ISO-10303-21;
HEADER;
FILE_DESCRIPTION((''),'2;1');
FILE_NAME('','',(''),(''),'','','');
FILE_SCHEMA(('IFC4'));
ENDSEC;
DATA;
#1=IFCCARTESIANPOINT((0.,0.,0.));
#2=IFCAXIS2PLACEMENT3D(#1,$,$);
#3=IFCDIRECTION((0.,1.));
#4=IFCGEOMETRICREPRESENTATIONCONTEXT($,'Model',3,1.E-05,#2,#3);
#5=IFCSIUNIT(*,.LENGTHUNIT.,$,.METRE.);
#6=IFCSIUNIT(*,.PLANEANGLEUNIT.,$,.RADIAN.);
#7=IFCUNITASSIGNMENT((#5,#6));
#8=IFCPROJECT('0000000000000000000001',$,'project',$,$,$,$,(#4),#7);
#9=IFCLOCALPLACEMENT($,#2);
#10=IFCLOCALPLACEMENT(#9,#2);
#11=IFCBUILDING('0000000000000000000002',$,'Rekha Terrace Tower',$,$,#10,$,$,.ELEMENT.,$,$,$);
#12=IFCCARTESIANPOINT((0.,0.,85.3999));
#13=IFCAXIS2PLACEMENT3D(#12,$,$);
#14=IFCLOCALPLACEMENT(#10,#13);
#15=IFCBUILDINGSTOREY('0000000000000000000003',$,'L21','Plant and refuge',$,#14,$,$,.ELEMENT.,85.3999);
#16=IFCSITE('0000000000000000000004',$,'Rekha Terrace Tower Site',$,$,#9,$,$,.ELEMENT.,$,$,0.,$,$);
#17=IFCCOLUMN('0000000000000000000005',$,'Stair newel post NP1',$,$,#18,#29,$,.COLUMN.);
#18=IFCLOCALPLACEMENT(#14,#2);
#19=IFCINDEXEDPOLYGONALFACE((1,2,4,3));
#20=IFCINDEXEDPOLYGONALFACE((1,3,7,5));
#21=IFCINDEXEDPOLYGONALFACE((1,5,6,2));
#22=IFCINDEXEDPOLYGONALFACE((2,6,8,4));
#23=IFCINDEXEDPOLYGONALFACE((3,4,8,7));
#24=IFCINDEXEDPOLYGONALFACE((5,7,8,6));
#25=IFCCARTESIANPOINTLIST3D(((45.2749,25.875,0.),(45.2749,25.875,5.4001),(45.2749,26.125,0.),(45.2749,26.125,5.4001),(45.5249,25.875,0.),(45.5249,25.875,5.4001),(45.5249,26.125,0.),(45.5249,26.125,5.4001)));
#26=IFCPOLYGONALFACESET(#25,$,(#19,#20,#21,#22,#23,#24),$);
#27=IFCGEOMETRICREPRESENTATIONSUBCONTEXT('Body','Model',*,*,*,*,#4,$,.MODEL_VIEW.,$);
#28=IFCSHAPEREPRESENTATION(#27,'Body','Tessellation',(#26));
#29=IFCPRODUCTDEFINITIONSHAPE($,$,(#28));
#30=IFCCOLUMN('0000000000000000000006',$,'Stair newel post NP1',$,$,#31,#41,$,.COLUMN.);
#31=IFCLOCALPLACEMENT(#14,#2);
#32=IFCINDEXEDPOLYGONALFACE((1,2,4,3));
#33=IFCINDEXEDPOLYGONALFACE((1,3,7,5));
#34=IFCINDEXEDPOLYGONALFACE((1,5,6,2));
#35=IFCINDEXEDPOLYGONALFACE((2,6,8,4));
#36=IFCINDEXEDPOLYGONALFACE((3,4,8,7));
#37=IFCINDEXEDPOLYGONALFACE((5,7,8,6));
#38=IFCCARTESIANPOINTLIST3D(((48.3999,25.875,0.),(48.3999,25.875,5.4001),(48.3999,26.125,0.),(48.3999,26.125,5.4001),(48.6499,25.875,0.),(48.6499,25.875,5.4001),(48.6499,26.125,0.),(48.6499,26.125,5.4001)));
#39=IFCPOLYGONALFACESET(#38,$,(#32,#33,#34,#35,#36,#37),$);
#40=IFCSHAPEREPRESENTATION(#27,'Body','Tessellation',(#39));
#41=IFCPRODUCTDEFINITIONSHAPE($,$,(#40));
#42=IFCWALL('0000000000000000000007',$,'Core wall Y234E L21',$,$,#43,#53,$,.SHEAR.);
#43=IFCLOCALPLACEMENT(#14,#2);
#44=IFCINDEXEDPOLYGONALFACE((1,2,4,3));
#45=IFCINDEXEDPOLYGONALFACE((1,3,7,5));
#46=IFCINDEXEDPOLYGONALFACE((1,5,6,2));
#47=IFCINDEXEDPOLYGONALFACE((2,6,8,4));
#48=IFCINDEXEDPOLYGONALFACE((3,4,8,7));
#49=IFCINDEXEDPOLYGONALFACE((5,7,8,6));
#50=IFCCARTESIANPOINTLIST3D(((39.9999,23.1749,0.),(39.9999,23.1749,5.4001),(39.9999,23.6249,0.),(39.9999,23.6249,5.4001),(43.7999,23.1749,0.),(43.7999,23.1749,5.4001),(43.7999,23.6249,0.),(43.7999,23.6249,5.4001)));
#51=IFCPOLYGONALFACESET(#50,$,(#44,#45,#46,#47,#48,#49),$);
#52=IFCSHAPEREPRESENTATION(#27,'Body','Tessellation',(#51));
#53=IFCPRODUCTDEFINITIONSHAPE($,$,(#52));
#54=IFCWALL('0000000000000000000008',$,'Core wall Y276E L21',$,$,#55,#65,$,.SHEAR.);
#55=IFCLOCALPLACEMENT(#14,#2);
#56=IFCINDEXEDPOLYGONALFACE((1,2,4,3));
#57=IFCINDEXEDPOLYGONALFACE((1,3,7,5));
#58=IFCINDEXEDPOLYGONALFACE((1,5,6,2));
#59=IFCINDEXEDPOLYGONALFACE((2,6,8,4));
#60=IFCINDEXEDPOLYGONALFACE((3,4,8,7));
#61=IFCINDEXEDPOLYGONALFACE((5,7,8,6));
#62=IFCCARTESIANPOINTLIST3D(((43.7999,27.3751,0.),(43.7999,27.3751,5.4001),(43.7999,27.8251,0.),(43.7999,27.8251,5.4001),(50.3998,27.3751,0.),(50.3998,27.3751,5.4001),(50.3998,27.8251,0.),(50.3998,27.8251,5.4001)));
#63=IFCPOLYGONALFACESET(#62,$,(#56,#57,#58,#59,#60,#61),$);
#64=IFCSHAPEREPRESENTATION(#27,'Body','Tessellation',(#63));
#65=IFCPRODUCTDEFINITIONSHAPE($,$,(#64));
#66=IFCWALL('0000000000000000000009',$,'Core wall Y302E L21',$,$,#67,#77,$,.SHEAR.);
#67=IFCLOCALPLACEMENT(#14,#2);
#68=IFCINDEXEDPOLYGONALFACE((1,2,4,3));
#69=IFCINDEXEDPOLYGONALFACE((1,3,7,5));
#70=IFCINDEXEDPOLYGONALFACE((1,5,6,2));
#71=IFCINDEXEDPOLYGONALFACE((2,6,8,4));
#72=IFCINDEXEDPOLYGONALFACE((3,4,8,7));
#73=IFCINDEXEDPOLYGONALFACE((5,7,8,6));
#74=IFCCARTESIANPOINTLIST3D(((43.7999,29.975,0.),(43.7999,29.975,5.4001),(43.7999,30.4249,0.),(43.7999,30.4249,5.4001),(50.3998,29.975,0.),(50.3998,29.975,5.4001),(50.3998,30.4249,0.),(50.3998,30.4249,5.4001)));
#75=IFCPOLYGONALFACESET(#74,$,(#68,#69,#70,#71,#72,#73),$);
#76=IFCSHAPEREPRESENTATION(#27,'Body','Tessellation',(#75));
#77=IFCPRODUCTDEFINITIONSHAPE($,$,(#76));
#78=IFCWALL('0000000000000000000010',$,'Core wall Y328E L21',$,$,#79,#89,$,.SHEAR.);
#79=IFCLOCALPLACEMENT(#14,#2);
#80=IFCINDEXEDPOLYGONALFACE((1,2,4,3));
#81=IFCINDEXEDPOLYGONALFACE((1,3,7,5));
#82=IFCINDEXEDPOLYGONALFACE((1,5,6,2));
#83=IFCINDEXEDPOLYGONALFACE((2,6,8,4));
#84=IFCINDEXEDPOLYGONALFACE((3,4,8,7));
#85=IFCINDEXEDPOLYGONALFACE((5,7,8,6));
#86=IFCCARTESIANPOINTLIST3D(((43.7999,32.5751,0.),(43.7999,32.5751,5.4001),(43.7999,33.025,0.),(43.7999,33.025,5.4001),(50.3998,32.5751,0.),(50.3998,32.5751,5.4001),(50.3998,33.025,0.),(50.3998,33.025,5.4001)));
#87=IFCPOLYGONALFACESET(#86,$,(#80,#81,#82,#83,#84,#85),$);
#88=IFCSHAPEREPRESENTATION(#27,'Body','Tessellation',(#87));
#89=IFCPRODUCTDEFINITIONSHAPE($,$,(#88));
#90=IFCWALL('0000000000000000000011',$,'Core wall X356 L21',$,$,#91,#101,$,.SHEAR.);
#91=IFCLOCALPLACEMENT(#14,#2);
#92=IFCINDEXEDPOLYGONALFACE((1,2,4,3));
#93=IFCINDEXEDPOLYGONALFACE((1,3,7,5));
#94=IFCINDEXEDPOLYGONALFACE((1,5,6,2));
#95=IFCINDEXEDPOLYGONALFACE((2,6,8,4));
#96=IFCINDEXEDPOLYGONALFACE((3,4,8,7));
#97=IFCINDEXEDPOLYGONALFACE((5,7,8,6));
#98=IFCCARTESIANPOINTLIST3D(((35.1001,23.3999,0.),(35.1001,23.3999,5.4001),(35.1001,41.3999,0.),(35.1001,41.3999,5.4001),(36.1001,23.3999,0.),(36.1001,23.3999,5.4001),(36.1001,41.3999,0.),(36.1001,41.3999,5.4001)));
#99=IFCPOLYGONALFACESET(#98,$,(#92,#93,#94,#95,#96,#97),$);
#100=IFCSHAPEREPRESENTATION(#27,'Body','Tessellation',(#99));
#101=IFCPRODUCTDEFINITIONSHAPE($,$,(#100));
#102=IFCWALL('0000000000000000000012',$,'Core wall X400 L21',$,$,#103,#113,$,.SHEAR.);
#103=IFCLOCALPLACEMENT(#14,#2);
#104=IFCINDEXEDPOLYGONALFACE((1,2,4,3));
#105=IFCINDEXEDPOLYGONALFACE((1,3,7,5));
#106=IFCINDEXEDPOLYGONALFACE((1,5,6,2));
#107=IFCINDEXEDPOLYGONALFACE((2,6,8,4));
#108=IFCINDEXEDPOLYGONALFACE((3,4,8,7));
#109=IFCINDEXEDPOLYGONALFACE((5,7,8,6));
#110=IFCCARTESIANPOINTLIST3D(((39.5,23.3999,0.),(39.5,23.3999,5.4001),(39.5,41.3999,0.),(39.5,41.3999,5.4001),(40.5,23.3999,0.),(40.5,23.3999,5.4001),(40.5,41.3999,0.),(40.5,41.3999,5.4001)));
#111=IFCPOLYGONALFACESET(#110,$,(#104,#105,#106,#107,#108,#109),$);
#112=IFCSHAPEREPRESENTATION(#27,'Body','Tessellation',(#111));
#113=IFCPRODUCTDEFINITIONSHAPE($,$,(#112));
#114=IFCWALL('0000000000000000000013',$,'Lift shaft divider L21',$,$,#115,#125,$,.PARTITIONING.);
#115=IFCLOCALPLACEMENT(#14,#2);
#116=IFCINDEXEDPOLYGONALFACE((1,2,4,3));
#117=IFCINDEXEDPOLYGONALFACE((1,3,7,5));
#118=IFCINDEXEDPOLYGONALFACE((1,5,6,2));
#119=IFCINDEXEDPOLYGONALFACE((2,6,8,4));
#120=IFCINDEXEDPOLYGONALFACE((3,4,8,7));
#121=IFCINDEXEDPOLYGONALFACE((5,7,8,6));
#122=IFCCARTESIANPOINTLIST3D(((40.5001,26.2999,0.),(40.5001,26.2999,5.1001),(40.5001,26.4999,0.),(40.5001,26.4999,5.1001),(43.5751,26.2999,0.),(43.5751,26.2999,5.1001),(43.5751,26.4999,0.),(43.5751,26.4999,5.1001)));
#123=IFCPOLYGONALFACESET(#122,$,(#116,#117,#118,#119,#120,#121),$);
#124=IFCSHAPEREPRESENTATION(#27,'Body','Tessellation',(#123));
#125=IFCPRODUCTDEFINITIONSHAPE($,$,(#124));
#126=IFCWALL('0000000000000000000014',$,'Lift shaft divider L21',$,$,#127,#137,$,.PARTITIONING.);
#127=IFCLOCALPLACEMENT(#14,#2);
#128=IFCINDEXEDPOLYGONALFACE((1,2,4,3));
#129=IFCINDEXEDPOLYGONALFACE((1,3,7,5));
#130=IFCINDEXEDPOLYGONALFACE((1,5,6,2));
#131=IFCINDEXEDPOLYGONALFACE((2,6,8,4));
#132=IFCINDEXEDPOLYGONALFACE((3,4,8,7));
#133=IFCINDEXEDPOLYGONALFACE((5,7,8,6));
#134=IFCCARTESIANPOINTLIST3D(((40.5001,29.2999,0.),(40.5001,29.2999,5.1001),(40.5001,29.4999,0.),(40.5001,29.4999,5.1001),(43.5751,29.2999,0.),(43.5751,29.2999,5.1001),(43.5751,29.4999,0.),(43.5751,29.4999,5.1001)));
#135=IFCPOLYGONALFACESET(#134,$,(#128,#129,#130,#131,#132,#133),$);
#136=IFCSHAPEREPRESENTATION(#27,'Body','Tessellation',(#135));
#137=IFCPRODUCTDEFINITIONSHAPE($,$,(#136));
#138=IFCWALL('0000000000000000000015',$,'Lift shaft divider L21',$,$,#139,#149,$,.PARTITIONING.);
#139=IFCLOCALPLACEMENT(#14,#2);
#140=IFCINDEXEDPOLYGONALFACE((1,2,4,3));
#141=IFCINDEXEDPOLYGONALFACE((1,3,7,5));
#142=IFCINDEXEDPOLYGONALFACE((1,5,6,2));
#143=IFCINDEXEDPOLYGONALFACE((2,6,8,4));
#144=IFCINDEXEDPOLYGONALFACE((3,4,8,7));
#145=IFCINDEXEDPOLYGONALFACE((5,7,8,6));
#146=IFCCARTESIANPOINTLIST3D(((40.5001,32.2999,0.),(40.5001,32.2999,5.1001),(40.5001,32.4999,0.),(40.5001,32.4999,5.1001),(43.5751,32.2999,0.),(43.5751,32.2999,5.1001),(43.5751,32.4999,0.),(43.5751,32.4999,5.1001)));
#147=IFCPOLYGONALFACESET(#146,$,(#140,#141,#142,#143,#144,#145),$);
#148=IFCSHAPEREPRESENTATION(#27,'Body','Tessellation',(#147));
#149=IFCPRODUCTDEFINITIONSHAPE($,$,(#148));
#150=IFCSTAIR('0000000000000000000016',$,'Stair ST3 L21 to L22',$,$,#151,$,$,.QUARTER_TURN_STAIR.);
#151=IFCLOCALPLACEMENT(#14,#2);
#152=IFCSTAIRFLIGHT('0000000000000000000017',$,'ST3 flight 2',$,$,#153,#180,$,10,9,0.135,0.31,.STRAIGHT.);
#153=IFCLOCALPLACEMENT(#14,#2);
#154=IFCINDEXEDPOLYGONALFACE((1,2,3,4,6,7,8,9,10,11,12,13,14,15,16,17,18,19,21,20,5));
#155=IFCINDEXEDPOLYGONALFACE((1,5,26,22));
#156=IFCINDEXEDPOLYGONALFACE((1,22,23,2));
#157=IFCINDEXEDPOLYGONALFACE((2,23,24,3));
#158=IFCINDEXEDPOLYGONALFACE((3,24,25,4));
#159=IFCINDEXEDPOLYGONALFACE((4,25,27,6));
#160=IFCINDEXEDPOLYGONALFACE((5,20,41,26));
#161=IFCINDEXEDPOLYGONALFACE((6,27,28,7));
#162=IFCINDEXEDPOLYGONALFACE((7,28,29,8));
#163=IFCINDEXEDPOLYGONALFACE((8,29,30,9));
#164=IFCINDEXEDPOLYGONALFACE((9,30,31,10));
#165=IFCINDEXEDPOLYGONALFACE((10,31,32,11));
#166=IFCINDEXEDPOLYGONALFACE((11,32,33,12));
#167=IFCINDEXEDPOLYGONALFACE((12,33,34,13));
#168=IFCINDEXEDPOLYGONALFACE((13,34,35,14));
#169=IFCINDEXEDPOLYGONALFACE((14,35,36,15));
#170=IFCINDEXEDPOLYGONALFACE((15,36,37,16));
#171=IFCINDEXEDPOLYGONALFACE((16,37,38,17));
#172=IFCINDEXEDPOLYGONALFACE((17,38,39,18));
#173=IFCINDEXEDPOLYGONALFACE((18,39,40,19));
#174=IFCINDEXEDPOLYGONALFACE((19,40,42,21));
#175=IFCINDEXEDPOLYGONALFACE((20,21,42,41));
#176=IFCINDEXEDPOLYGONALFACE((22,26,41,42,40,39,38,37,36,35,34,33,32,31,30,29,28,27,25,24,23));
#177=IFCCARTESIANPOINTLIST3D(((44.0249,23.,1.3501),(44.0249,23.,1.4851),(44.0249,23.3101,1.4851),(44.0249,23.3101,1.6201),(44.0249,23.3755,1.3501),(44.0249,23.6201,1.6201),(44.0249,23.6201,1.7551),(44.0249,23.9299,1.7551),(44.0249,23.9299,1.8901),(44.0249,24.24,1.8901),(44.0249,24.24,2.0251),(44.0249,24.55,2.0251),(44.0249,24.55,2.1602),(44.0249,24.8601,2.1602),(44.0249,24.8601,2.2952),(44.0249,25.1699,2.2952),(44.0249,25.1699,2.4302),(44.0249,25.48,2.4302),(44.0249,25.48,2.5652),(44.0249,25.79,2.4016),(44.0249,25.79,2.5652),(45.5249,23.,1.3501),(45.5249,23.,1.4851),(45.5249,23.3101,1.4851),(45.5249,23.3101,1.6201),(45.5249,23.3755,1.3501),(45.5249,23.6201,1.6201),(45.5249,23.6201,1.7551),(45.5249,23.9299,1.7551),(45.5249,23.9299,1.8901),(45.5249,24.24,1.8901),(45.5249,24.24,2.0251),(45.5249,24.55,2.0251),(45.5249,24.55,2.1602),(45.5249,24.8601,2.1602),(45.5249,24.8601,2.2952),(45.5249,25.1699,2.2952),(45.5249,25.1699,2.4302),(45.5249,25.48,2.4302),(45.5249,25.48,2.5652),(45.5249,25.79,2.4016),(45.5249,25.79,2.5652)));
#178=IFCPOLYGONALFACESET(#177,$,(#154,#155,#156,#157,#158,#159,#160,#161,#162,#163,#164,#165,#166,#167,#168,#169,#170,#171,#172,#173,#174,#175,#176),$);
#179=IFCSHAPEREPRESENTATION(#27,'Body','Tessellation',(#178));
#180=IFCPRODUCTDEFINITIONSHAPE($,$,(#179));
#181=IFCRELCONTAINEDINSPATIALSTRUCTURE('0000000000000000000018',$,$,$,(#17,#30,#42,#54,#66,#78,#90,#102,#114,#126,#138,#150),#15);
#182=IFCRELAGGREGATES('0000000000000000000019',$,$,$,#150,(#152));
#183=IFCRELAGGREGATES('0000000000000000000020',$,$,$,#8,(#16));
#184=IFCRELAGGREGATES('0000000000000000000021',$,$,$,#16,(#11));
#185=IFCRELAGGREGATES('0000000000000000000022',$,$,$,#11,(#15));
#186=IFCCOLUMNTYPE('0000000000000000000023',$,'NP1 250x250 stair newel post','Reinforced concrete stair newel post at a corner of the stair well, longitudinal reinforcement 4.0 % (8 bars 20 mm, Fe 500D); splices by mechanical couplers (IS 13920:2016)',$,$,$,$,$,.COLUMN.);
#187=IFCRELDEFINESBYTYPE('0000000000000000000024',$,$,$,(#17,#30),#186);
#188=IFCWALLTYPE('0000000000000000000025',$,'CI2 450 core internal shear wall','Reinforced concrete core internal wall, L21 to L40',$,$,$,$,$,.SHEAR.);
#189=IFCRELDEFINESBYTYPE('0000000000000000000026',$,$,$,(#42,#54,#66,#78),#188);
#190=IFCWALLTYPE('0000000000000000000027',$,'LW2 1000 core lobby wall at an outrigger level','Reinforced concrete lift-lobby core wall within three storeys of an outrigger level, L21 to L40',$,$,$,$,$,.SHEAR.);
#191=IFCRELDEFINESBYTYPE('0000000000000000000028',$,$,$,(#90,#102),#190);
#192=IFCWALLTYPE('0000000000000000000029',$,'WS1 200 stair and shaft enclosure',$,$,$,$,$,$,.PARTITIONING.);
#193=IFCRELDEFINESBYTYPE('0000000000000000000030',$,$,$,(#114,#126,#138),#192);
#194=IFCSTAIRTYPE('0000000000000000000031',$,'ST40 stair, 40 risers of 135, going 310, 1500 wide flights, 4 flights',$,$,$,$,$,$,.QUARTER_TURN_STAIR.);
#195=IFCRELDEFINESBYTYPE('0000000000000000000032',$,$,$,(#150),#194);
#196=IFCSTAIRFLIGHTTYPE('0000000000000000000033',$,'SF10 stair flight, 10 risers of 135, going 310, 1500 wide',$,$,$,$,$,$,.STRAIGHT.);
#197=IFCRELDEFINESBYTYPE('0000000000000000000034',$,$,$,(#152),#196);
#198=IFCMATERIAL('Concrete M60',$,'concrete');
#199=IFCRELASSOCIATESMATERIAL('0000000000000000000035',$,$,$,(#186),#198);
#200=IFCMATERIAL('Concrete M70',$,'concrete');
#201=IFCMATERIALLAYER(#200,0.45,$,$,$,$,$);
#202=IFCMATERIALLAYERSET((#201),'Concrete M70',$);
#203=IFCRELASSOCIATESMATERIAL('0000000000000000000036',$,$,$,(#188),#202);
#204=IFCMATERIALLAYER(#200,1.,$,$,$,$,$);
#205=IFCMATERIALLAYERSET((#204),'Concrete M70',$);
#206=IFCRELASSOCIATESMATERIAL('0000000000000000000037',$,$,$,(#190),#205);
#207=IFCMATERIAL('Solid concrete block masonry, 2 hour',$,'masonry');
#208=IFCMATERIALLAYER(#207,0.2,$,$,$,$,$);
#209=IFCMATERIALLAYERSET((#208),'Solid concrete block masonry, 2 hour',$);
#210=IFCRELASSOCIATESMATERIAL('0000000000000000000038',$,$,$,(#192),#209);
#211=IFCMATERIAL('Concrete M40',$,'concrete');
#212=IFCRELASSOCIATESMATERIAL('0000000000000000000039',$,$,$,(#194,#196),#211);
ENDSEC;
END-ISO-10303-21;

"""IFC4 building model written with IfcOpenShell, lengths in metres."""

from ifc_helpers import new_model, si_unit, direction, frame, frame_2d, origin, origin_2d, place, context, subcontext, project, spatial, polyline, rectangle, outline, extrude, material, layer, layer_set, material_profile, profile_set, type_object, element, aggregate, save


model = new_model("IFC4")

# Units and contexts
model_context = context("Model", 3, precision=1e-05, world=origin(), true_north=direction((0.0, 1.0)))
body_context = subcontext(model_context, "Body", "Model", "MODEL_VIEW")
ifc_project = project(units=[si_unit("LENGTHUNIT", "METRE"), si_unit("PLANEANGLEUNIT", "RADIAN")], contexts=[model_context])

# Site, building, storey
site_placement = place(None, origin())
site = spatial("IfcSite", under=ifc_project, at=site_placement, Name="Rekha Terrace Tower Site", CompositionType="ELEMENT", RefElevation=0.0)
building_placement = place(site_placement, origin())
building = spatial("IfcBuilding", under=site, at=building_placement, Name="Rekha Terrace Tower", CompositionType="ELEMENT")
storey_placement = place(building_placement, frame((0.0, 0.0, 85.3999)))
storey = spatial("IfcBuildingStorey", under=building, at=storey_placement, Name="L21", Description="Plant and refuge", CompositionType="ELEMENT", Elevation=85.3999)

# Columns
ifc_material_1 = material(Name="Concrete M60", Category="concrete")
ifc_material_profile = material_profile(ifc_material_1, rectangle(XDim=0.25, YDim=0.25, at=origin_2d()), Name="RC 250x250")
ifc_profile_set = profile_set([ifc_material_profile], Name="Concrete M60")
column_type = type_object("IfcColumnType", Name="NP1 250x250 stair newel post", Description="Reinforced concrete stair newel post at a corner of the stair well, longitudinal reinforcement 4.0 % (8 bars 20 mm, Fe 500D); splices by mechanical couplers (IS 13920:2016)", PredefinedType="COLUMN", material=ifc_profile_set)
for number, where, z_axis, x_axis, name in (
    (1, (45.3999, 26.0, 0.0), (0.0, 0.0, 1.0), (1.0, 0.0, 0.0), "Stair newel post NP1"),
    (2, (48.5249, 26.0, 0.0), (0.0, 0.0, 1.0), (1.0, 0.0, 0.0), "Stair newel post NP1"),
):
    element("IfcColumn", number, at=place(storey_placement, frame(where, z_axis=z_axis, x_axis=x_axis)), inside=storey, type_object=column_type, Name=name, PredefinedType="COLUMN", context=body_context, shape_type="SweptSolid", body=[
        extrude(rectangle(XDim=0.25, YDim=0.25, at=origin_2d()), origin(), (0.0, 0.0, 1.0), 5.4001),
    ])

# Walls
ifc_material_2 = material(Name="Concrete M70", Category="concrete")
ifc_layer_1 = layer(ifc_material_2, 0.45)
ifc_layer_set_1 = layer_set([ifc_layer_1], Name="Concrete M70")
wall_type_1 = type_object("IfcWallType", Name="CI2 450 core internal shear wall", Description="Reinforced concrete core internal wall, L21 to L40", PredefinedType="SHEAR", material=ifc_layer_set_1)
wall_placement = place(storey_placement, frame((40.0, 23.3999, 0.0), z_axis=(0.0, 0.0, 1.0), x_axis=(1.0, 0.0, 0.0)))
element("IfcWall", 3, at=wall_placement, inside=storey, type_object=wall_type_1, Name="Core wall Y234E L21", PredefinedType="SHEAR", context=body_context, shape_type="SweptSolid", body=[
    extrude(rectangle(XDim=3.8, YDim=0.45, at=frame_2d((1.8999, 0.0))), origin(), (0.0, 0.0, 1.0), 5.4001),
])
for number, where, z_axis, x_axis, name in (
    (4, (43.8, 27.6001, 0.0), (0.0, 0.0, 1.0), (1.0, 0.0, 0.0), "Core wall Y276E L21"),
    (5, (43.8, 30.2, 0.0), (0.0, 0.0, 1.0), (1.0, 0.0, 0.0), "Core wall Y302E L21"),
    (6, (43.8, 32.8, 0.0), (0.0, 0.0, 1.0), (1.0, 0.0, 0.0), "Core wall Y328E L21"),
):
    element("IfcWall", number, at=place(storey_placement, frame(where, z_axis=z_axis, x_axis=x_axis)), inside=storey, type_object=wall_type_1, Name=name, PredefinedType="SHEAR", context=body_context, shape_type="SweptSolid", body=[
        extrude(rectangle(XDim=6.5999, YDim=0.45, at=frame_2d((3.2998, 0.0))), origin(), (0.0, 0.0, 1.0), 5.4001),
    ])
ifc_layer_2 = layer(ifc_material_2, 1.0)
ifc_layer_set_2 = layer_set([ifc_layer_2], Name="Concrete M70")
wall_type_2 = type_object("IfcWallType", Name="LW2 1000 core lobby wall at an outrigger level", Description="Reinforced concrete lift-lobby core wall within three storeys of an outrigger level, L21 to L40", PredefinedType="SHEAR", material=ifc_layer_set_2)
for number, where, z_axis, x_axis, name in (
    (7, (35.6001, 23.3999, 0.0), (0.0, 0.0, 1.0), (0.0, 1.0, 0.0), "Core wall X356 L21"),
    (8, (40.0, 23.3999, 0.0), (0.0, 0.0, 1.0), (0.0, 1.0, 0.0), "Core wall X400 L21"),
):
    element("IfcWall", number, at=place(storey_placement, frame(where, z_axis=z_axis, x_axis=x_axis)), inside=storey, type_object=wall_type_2, Name=name, PredefinedType="SHEAR", context=body_context, shape_type="SweptSolid", body=[
        extrude(rectangle(XDim=18.0, YDim=1.0, at=frame_2d((9.0, 0.0))), origin(), (0.0, 0.0, 1.0), 5.4001),
    ])
ifc_material_3 = material(Name="Solid concrete block masonry, 2 hour", Category="masonry")
ifc_layer_3 = layer(ifc_material_3, 0.2)
ifc_layer_set_3 = layer_set([ifc_layer_3], Name="Solid concrete block masonry, 2 hour")
wall_type_3 = type_object("IfcWallType", Name="WS1 200 stair and shaft enclosure", PredefinedType="PARTITIONING", material=ifc_layer_set_3)
for number, where, z_axis, x_axis, name in (
    (9, (40.5, 26.3999, 0.0), (0.0, 0.0, 1.0), (1.0, 0.0, 0.0), "Lift shaft divider L21"),
    (10, (40.5, 29.3999, 0.0), (0.0, 0.0, 1.0), (1.0, 0.0, 0.0), "Lift shaft divider L21"),
    (11, (40.5, 32.3999, 0.0), (0.0, 0.0, 1.0), (1.0, 0.0, 0.0), "Lift shaft divider L21"),
):
    element("IfcWall", number, at=place(storey_placement, frame(where, z_axis=z_axis, x_axis=x_axis)), inside=storey, type_object=wall_type_3, Name=name, PredefinedType="PARTITIONING", context=body_context, shape_type="SweptSolid", body=[
        extrude(rectangle(XDim=3.075, YDim=0.2, at=frame_2d((1.5376, 0.0))), origin(), (0.0, 0.0, 1.0), 5.1001),
    ])

# Stair, stair flight
ifc_material_4 = material(Name="Concrete M40", Category="concrete")
stair_type = type_object("IfcStairType", Name="ST40 stair, 40 risers of 135, going 310, 1500 wide flights, 4 flights", PredefinedType="QUARTER_TURN_STAIR", material=ifc_material_4)
stair_placement = place(storey_placement, origin())
stair = element("IfcStair", 12, at=stair_placement, inside=storey, type_object=stair_type, Name="Stair ST3 L21 to L22", PredefinedType="QUARTER_TURN_STAIR")
stair_flight_type = type_object("IfcStairFlightType", Name="SF10 stair flight, 10 risers of 135, going 310, 1500 wide", PredefinedType="STRAIGHT", material=ifc_material_4)
stair_flight_1_placement = place(storey_placement, frame((44.7749, 23.0, 1.3501), z_axis=(0.0, 0.0, 1.0), x_axis=(0.0, 1.0, 0.0)))
stair_flight_1 = element("IfcStairFlight", 13, at=stair_flight_1_placement, type_object=stair_flight_type, Name="ST3 flight 2", NumberOfRisers=10, NumberOfTreads=9, PredefinedType="STRAIGHT", RiserHeight=0.135, TreadLength=0.31, context=body_context, shape_type="SweptSolid", body=[
    extrude(outline(polyline([(0.0, 0.0), (0.0, 0.135), (0.3101, 0.135), (0.3101, 0.27), (0.6201, 0.27), (0.6201, 0.405), (0.9299, 0.405), (0.9299, 0.54), (1.24, 0.54), (1.24, 0.675), (1.55, 0.675), (1.55, 0.8101), (1.8601, 0.8101), (1.8601, 0.9451), (2.1699, 0.9451), (2.1699, 1.0801), (2.48, 1.0801), (2.48, 1.2151), (2.79, 1.2151), (2.79, 1.3501), (2.79, 1.0515), (0.3755, 0.0), (0.0, 0.0)])), frame((0.0, 0.75, 0.0), z_axis=(0.0, -1.0, 0.0), x_axis=(1.0, 0.0, 0.0)), (0.0, 0.0, 1.0), 1.5),
])
aggregate(stair, [stair_flight_1])

save(model, "model.ifc")
